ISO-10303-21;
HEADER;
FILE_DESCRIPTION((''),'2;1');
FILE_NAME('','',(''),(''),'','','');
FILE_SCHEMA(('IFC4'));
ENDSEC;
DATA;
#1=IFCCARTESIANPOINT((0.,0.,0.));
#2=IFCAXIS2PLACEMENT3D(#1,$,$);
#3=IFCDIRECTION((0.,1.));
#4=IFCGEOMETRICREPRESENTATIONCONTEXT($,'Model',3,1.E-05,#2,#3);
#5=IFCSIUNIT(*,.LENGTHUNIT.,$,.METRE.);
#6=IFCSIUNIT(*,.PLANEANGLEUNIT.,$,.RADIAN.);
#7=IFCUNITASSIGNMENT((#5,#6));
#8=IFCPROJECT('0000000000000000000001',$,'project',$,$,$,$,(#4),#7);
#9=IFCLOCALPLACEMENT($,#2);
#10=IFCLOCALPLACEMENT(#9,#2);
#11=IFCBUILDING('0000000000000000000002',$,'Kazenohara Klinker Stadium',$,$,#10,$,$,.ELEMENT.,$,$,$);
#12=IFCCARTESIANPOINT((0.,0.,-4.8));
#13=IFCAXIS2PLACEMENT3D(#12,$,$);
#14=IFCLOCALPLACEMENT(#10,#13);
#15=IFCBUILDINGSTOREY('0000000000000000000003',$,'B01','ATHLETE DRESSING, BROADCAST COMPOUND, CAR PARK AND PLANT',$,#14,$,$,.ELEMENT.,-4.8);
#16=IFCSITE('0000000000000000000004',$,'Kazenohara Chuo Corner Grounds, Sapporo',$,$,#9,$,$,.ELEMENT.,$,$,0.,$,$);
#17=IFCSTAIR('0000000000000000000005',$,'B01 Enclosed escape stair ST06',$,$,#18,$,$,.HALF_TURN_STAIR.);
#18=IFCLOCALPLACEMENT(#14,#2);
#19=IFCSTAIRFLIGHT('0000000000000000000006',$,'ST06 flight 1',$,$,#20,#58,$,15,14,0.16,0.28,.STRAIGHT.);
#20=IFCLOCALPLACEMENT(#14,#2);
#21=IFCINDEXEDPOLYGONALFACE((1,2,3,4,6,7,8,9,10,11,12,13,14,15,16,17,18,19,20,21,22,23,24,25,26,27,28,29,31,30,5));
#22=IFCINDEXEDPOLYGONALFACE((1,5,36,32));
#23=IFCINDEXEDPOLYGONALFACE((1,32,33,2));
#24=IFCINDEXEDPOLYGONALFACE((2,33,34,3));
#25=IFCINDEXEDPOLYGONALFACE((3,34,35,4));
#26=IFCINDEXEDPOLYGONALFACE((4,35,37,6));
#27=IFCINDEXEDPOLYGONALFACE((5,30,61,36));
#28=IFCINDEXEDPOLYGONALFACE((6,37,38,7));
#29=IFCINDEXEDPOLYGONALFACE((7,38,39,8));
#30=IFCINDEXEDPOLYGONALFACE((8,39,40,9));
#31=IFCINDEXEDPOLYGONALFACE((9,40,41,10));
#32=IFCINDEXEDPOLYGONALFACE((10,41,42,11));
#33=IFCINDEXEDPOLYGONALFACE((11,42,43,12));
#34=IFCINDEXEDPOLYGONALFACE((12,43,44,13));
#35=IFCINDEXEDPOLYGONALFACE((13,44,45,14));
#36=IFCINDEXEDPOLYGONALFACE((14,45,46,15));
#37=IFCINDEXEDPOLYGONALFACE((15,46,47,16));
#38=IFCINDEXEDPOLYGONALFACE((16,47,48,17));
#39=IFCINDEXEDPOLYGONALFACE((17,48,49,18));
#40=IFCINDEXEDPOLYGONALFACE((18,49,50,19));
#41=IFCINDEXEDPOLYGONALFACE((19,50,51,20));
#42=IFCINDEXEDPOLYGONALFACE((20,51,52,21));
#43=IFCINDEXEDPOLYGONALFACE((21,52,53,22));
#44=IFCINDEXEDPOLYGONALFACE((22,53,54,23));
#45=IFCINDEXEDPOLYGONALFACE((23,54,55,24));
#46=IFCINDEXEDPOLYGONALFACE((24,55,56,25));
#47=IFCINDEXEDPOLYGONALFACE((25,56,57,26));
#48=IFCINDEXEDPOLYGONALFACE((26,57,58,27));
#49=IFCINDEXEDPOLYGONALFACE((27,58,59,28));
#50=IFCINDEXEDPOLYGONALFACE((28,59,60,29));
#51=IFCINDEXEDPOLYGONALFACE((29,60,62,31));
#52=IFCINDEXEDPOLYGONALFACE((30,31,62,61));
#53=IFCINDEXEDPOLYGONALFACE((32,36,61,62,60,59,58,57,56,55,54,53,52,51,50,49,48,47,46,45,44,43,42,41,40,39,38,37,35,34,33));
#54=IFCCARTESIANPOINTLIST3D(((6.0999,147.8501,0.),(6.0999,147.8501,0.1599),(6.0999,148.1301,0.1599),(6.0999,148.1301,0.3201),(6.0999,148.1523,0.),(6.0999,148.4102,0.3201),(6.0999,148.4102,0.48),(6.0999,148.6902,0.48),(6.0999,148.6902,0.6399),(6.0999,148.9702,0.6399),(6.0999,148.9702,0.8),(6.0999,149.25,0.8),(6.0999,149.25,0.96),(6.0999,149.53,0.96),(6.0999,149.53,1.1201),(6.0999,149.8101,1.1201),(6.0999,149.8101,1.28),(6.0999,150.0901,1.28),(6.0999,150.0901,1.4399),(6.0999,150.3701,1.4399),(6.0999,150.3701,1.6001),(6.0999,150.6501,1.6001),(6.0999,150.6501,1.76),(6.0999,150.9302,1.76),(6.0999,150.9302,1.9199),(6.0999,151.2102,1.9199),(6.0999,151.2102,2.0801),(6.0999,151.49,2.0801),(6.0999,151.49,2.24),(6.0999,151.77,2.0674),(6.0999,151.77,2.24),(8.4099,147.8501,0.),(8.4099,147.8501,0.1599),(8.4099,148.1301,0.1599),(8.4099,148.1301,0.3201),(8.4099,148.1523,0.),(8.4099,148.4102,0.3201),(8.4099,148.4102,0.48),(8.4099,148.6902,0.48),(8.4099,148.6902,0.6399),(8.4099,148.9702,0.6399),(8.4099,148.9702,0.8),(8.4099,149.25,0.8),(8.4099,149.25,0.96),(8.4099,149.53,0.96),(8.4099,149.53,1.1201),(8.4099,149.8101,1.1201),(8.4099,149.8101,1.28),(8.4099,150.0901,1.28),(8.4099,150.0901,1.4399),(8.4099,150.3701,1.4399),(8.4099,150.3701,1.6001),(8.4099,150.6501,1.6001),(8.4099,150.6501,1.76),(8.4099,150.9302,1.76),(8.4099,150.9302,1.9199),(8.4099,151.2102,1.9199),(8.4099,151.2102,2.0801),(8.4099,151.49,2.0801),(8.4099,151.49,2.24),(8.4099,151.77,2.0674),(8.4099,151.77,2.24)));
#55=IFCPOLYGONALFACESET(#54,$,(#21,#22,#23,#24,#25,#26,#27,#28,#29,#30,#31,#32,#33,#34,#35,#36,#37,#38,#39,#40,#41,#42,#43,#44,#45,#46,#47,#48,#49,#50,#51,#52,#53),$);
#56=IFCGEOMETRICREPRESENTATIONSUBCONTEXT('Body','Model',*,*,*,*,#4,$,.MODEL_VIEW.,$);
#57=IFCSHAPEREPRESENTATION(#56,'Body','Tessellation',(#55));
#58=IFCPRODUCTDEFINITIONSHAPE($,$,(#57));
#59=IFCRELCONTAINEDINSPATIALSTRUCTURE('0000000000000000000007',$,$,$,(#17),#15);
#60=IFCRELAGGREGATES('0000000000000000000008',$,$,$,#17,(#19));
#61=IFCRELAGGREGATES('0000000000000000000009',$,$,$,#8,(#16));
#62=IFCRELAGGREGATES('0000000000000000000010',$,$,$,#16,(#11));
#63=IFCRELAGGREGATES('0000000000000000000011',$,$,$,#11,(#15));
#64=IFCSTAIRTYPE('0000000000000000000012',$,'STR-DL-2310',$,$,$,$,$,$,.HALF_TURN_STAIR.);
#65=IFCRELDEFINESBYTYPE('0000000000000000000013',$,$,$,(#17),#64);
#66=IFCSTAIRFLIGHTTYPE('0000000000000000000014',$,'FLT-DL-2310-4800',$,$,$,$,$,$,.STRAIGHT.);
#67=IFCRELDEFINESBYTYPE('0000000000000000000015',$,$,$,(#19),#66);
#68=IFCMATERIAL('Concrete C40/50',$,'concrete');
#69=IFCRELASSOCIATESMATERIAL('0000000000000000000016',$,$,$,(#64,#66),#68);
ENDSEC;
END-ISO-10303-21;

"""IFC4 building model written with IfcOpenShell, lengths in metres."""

from ifc_helpers import new_model, si_unit, direction, frame, origin, place, context, subcontext, project, spatial, polyline, outline, extrude, material, type_object, element, aggregate, save


model = new_model("IFC4")

# Units and contexts
model_context = context("Model", 3, precision=1e-05, world=origin(), true_north=direction((0.0, 1.0)))
body_context = subcontext(model_context, "Body", "Model", "MODEL_VIEW")
ifc_project = project(units=[si_unit("LENGTHUNIT", "METRE"), si_unit("PLANEANGLEUNIT", "RADIAN")], contexts=[model_context])

# Site, building, storey
site_placement = place(None, origin())
site = spatial("IfcSite", under=ifc_project, at=site_placement, Name="Kazenohara Chuo Corner Grounds, Sapporo", CompositionType="ELEMENT", RefElevation=0.0)
building_placement = place(site_placement, origin())
building = spatial("IfcBuilding", under=site, at=building_placement, Name="Kazenohara Klinker Stadium", CompositionType="ELEMENT")
storey_placement = place(building_placement, frame((0.0, 0.0, -4.8)))
storey = spatial("IfcBuildingStorey", under=building, at=storey_placement, Name="B01", Description="ATHLETE DRESSING, BROADCAST COMPOUND, CAR PARK AND PLANT", CompositionType="ELEMENT", Elevation=-4.8)

# Shared definitions
ifc_material_1 = material(Name="Concrete C40/50", Category="concrete")

# Stair, stair flight
stair_type = type_object("IfcStairType", Name="STR-DL-2310", PredefinedType="HALF_TURN_STAIR", material=ifc_material_1)
stair_placement = place(storey_placement, origin())
stair = element("IfcStair", 1, at=stair_placement, inside=storey, type_object=stair_type, Name="B01 Enclosed escape stair ST06", PredefinedType="HALF_TURN_STAIR")
stair_flight_type = type_object("IfcStairFlightType", Name="FLT-DL-2310-4800", PredefinedType="STRAIGHT", material=ifc_material_1)
stair_flight_placement = place(storey_placement, frame((7.2549, 147.8501, 0.0), z_axis=(0.0, 0.0, 1.0), x_axis=(0.0, 1.0, 0.0)))
stair_flight = element("IfcStairFlight", 2, at=stair_flight_placement, type_object=stair_flight_type, Name="ST06 flight 1", NumberOfRisers=15, NumberOfTreads=14, PredefinedType="STRAIGHT", RiserHeight=0.16, TreadLength=0.28, context=body_context, shape_type="SweptSolid", body=[
    extrude(outline(polyline([(0.0, 0.0), (0.0, 0.1599), (0.28, 0.1599), (0.28, 0.3201), (0.5601, 0.3201), (0.5601, 0.48), (0.8401, 0.48), (0.8401, 0.6399), (1.1201, 0.6399), (1.1201, 0.8), (1.3999, 0.8), (1.3999, 0.96), (1.6799, 0.96), (1.6799, 1.1201), (1.96, 1.1201), (1.96, 1.28), (2.24, 1.28), (2.24, 1.4399), (2.52, 1.4399), (2.52, 1.6001), (2.8, 1.6001), (2.8, 1.76), (3.0801, 1.76), (3.0801, 1.9199), (3.3601, 1.9199), (3.3601, 2.0801), (3.6399, 2.0801), (3.6399, 2.24), (3.9199, 2.24), (3.9199, 2.3999), (3.9199, 2.0674), (0.3022, 0.0), (0.0, 0.0)])), frame((0.0, 1.155, 0.0), z_axis=(0.0, -1.0, 0.0), x_axis=(1.0, 0.0, 0.0)), (0.0, 0.0, 1.0), 2.3101),
])
aggregate(stair, [stair_flight])

save(model, "model.ifc")
